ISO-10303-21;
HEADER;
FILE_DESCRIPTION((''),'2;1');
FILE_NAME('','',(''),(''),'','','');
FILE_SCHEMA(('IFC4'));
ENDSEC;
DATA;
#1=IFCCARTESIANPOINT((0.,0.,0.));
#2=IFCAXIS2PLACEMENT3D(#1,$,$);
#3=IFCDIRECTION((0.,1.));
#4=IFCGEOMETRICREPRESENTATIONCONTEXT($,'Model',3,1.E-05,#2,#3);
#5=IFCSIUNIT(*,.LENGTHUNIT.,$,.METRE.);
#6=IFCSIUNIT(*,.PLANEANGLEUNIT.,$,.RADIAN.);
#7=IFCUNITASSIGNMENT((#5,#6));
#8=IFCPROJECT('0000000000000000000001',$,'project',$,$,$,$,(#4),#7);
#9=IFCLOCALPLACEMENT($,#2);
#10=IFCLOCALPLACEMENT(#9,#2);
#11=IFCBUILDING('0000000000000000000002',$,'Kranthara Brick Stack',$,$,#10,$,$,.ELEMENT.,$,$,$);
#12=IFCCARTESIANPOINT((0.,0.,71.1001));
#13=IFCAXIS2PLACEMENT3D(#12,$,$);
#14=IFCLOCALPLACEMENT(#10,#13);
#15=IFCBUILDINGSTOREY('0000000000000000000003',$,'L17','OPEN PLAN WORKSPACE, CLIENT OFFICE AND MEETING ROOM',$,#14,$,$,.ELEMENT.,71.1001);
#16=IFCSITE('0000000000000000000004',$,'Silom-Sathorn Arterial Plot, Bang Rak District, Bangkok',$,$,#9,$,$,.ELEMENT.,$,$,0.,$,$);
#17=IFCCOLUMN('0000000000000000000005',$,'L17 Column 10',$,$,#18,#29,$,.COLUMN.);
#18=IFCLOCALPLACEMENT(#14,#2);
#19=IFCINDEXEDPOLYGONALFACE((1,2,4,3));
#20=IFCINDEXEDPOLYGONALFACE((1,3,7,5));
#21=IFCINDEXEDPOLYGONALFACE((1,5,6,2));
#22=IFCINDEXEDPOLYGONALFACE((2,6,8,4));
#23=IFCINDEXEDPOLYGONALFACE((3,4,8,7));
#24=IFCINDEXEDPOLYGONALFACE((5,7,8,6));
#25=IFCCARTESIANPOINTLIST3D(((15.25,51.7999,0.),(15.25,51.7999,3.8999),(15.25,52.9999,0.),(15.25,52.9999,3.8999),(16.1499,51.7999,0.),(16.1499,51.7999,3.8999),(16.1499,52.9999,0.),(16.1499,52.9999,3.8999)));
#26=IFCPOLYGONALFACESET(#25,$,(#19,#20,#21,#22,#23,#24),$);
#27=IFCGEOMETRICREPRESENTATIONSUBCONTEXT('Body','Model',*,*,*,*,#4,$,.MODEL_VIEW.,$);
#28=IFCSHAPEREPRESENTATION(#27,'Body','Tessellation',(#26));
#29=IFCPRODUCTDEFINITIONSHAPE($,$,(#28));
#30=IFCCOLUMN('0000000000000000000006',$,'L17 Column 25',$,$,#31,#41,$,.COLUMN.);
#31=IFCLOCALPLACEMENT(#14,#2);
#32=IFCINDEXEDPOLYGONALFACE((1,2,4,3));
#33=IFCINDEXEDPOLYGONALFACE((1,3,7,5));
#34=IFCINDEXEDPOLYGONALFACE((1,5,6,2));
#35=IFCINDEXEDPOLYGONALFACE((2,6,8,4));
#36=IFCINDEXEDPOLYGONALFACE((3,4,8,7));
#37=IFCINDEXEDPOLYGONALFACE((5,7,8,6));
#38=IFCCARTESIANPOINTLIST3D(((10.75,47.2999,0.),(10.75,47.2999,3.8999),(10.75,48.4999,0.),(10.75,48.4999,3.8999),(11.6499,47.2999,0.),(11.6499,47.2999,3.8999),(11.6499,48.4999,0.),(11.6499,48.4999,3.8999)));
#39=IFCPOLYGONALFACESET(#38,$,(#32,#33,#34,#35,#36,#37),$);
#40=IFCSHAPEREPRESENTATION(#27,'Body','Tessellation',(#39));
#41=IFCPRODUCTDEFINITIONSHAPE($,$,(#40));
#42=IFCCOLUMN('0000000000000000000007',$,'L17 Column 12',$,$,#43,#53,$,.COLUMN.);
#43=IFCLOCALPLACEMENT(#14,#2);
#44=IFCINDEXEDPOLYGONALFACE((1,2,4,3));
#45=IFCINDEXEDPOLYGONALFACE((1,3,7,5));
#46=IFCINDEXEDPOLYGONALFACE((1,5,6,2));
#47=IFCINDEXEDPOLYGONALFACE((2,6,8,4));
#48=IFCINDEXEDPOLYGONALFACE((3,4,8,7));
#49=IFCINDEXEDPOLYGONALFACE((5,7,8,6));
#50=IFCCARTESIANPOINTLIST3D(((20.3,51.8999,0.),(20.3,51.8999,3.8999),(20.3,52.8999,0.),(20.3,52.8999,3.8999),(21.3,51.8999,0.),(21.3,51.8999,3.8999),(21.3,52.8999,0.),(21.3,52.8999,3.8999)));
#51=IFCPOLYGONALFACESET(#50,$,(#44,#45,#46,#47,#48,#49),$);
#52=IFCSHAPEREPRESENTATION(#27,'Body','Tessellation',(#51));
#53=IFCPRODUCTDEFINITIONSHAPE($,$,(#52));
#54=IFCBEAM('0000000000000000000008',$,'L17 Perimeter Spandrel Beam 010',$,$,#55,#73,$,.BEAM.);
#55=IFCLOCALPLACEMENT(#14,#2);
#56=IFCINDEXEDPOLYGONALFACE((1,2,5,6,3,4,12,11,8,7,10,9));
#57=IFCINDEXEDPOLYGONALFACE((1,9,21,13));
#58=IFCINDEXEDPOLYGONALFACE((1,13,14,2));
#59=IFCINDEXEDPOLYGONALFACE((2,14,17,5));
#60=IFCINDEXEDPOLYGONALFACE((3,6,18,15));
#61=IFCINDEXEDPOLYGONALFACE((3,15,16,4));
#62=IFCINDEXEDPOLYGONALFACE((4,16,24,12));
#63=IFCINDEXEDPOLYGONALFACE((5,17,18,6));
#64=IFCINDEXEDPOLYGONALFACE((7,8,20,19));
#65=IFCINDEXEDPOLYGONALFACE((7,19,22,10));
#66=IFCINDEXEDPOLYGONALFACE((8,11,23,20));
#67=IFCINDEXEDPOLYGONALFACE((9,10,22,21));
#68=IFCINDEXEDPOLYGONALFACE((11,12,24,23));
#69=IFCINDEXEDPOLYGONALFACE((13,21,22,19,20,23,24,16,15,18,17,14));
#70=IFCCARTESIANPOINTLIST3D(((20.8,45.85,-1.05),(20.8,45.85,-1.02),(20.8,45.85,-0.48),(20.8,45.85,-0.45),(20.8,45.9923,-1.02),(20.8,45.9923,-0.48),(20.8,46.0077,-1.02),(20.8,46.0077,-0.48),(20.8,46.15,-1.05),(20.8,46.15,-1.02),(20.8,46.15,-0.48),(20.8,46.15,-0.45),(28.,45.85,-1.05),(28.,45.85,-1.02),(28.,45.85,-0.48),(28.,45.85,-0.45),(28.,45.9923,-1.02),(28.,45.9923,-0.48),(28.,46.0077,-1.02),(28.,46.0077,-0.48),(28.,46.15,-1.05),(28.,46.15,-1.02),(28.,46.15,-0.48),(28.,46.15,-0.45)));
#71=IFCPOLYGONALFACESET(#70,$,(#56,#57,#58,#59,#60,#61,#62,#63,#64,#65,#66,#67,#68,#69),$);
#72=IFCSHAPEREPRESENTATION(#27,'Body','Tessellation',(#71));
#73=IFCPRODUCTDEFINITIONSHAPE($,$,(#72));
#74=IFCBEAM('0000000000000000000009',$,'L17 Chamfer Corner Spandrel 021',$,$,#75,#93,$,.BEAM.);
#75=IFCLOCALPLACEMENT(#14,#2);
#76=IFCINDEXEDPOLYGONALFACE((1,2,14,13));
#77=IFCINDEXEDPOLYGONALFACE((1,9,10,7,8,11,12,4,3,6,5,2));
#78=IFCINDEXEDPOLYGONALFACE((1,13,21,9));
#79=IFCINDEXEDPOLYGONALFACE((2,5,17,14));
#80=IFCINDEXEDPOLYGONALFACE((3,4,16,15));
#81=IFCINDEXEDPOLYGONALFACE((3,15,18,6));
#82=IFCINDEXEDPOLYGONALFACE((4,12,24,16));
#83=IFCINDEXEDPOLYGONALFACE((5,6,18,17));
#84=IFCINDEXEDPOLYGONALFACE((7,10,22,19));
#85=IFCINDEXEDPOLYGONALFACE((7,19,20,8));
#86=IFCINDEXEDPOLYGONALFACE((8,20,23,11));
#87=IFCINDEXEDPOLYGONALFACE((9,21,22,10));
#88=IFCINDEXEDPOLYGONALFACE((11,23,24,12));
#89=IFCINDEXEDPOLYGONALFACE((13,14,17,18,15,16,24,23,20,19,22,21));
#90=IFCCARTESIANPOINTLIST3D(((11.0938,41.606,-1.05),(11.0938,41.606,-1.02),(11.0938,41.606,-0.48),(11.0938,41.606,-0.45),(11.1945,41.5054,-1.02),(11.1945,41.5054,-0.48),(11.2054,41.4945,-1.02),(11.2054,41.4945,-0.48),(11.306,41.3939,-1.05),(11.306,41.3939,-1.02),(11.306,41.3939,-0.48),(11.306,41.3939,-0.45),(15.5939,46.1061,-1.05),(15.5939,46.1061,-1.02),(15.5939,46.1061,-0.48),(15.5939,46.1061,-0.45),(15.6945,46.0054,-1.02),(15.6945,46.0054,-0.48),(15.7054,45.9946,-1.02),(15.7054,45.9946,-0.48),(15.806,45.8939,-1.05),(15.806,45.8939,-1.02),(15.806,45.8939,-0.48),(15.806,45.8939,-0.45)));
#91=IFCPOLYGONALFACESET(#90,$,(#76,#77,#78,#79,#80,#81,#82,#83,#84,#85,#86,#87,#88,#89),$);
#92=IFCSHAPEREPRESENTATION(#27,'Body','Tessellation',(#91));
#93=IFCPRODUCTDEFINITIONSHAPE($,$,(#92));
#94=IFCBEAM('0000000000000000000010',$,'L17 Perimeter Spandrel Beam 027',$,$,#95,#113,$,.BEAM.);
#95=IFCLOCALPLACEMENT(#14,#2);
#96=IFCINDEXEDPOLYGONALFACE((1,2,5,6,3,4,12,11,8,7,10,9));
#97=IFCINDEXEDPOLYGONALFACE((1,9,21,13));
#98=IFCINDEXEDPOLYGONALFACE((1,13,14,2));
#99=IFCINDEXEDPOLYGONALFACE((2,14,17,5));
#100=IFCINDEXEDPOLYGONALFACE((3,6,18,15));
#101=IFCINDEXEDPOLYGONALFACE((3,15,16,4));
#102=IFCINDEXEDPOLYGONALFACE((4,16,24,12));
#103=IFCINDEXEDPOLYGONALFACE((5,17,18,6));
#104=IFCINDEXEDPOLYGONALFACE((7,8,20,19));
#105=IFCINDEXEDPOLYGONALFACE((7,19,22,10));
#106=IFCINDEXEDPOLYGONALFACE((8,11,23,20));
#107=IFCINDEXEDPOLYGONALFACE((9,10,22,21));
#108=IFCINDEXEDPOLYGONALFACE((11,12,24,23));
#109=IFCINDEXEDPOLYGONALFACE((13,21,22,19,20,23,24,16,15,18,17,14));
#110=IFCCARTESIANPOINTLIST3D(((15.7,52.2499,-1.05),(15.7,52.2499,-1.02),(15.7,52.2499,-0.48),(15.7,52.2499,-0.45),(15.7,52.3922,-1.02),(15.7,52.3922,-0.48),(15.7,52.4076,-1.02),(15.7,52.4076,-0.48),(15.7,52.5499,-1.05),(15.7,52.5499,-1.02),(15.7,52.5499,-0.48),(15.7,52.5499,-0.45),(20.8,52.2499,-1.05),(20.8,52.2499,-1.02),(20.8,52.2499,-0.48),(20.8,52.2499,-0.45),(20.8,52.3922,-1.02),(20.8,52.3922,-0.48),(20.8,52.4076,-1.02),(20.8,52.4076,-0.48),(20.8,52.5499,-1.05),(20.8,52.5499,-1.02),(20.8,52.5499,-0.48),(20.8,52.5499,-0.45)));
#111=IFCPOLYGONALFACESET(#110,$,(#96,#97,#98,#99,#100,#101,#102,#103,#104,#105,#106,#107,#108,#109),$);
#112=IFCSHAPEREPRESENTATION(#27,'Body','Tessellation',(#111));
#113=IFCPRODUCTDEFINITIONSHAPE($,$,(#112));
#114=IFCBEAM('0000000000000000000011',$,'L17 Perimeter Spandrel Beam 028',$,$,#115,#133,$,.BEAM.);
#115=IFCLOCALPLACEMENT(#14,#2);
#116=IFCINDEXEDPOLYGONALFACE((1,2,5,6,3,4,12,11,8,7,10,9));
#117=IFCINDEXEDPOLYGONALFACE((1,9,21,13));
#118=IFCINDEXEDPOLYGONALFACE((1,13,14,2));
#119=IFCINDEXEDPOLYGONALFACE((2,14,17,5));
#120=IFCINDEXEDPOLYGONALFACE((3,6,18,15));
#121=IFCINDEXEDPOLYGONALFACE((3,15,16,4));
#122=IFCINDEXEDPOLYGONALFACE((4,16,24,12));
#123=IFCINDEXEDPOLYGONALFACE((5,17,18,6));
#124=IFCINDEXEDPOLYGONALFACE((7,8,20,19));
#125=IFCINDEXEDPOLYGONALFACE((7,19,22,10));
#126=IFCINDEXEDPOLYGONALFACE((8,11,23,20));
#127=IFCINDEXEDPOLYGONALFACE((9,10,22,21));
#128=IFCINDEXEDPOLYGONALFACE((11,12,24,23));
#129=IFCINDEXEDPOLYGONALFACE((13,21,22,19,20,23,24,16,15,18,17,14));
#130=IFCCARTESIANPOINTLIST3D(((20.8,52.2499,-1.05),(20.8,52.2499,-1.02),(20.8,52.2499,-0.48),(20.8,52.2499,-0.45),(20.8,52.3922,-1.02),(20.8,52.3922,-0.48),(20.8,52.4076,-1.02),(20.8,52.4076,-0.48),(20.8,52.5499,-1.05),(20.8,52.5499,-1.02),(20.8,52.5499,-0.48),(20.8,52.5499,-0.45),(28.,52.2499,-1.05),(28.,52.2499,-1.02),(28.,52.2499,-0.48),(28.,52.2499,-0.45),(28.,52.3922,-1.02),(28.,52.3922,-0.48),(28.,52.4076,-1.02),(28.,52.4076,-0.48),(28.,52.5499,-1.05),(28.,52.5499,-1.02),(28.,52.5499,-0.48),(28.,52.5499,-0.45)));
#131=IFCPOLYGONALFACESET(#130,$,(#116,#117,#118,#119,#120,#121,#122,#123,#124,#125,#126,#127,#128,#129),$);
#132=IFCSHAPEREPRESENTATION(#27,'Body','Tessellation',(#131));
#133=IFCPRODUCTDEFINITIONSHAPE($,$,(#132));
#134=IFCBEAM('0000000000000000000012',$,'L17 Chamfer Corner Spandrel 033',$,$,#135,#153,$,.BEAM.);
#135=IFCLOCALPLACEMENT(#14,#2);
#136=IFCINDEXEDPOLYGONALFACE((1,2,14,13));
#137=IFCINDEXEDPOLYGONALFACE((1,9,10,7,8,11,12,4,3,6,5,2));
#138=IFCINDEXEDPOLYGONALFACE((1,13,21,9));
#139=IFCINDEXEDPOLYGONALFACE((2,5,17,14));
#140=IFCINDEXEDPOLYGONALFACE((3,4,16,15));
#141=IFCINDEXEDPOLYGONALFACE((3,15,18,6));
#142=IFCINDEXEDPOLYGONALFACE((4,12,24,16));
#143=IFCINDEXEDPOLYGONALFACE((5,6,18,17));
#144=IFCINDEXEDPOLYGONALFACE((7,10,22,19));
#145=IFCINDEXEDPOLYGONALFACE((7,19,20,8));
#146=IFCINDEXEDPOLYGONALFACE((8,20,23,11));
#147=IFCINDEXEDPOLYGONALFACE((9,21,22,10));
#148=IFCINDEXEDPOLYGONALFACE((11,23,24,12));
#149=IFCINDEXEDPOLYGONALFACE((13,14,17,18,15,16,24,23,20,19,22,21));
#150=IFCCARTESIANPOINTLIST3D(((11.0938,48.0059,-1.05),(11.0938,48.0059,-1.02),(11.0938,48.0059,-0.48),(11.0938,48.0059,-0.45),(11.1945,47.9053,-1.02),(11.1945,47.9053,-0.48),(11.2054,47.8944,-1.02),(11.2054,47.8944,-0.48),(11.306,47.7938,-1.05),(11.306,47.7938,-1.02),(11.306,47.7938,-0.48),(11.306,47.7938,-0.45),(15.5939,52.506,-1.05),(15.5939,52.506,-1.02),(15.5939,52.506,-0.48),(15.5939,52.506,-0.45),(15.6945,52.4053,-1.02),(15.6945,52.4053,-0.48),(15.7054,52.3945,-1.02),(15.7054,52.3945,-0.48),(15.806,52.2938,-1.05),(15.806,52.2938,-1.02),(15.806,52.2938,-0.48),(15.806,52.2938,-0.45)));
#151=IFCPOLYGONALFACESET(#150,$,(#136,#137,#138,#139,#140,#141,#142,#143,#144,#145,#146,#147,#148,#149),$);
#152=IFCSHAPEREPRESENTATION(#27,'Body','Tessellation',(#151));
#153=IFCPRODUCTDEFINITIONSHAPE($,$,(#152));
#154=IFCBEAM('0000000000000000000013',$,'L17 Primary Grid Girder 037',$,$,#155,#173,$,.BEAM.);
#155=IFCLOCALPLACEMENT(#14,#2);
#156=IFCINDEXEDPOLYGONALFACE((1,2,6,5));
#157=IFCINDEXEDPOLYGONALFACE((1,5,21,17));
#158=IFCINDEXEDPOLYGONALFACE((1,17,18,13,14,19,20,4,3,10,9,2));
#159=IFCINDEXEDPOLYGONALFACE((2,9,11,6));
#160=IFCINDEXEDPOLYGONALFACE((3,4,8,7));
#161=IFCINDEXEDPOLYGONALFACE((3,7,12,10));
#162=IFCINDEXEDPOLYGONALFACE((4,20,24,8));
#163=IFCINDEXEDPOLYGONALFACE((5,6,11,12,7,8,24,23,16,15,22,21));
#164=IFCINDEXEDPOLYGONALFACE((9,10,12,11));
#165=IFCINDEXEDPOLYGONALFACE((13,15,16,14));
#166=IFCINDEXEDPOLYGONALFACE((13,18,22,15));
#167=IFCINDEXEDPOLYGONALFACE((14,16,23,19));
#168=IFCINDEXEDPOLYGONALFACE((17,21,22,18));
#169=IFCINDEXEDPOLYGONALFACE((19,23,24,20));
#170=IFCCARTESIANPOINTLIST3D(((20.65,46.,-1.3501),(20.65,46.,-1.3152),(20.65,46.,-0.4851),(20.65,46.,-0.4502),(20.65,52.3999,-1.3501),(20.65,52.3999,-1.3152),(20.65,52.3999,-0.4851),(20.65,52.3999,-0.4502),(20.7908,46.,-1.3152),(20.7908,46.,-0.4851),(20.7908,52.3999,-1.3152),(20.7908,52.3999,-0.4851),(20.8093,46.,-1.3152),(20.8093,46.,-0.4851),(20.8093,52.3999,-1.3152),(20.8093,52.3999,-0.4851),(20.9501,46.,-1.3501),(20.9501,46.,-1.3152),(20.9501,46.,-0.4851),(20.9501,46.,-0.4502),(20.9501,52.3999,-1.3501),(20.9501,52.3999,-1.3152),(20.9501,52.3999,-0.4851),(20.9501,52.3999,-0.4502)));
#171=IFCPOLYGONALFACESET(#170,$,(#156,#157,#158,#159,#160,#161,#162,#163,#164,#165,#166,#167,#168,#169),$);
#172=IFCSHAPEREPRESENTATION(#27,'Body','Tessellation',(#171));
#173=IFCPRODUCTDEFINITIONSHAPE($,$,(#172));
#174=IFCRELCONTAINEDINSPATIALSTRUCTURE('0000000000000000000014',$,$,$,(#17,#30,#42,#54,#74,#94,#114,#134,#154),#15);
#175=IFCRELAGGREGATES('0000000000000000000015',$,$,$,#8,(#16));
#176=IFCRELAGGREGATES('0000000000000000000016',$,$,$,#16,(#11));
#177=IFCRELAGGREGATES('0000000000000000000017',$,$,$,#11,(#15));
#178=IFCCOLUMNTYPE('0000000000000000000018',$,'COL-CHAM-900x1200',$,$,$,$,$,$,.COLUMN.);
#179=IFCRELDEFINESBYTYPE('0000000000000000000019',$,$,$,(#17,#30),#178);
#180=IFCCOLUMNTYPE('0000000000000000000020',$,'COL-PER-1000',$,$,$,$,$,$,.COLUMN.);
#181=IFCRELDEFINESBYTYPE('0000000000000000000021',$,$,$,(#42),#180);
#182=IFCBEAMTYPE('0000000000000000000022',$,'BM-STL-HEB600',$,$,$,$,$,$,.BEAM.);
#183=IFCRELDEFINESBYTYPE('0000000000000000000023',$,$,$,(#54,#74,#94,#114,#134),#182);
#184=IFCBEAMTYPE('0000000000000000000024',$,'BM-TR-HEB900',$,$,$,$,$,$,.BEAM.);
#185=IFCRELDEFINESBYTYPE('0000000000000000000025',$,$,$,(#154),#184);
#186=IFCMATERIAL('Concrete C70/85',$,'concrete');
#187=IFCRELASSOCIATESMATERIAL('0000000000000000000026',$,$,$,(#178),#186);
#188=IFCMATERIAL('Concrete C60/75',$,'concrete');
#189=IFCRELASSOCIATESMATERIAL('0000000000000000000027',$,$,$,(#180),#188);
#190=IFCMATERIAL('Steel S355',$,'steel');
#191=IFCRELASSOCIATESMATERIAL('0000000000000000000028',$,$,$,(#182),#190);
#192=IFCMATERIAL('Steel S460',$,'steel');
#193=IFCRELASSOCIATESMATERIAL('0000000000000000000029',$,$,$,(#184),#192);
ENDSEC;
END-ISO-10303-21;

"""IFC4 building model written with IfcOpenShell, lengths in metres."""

from ifc_helpers import new_model, si_unit, direction, frame, origin, origin_2d, place, context, subcontext, project, spatial, rectangle, i_section, extrude, material, material_profile, profile_set, type_object, element, save


model = new_model("IFC4")

# Units and contexts
model_context = context("Model", 3, precision=1e-05, world=origin(), true_north=direction((0.0, 1.0)))
body_context = subcontext(model_context, "Body", "Model", "MODEL_VIEW")
ifc_project = project(units=[si_unit("LENGTHUNIT", "METRE"), si_unit("PLANEANGLEUNIT", "RADIAN")], contexts=[model_context])

# Site, building, storey
site_placement = place(None, origin())
site = spatial("IfcSite", under=ifc_project, at=site_placement, Name="Silom-Sathorn Arterial Plot, Bang Rak District, Bangkok", CompositionType="ELEMENT", RefElevation=0.0)
building_placement = place(site_placement, origin())
building = spatial("IfcBuilding", under=site, at=building_placement, Name="Kranthara Brick Stack", CompositionType="ELEMENT")
storey_placement = place(building_placement, frame((0.0, 0.0, 71.1001)))
storey = spatial("IfcBuildingStorey", under=building, at=storey_placement, Name="L17", Description="OPEN PLAN WORKSPACE, CLIENT OFFICE AND MEETING ROOM", CompositionType="ELEMENT", Elevation=71.1001)

# Columns
ifc_material_1 = material(Name="Concrete C70/85", Category="concrete")
ifc_material_profile_1 = material_profile(ifc_material_1, rectangle(XDim=0.8999, YDim=1.2, at=origin_2d()), Name="RC 900x1200")
ifc_profile_set_1 = profile_set([ifc_material_profile_1], Name="Concrete C70/85")
column_type_1 = type_object("IfcColumnType", Name="COL-CHAM-900x1200", PredefinedType="COLUMN", material=ifc_profile_set_1)
for number, where, z_axis, x_axis, name in (
    (1, (15.7, 52.3999, 0.0), (0.0, 0.0, 1.0), (1.0, 0.0, 0.0), "L17 Column 10"),
    (2, (11.2, 47.8999, 0.0), (0.0, 0.0, 1.0), (1.0, 0.0, 0.0), "L17 Column 25"),
):
    element("IfcColumn", number, at=place(storey_placement, frame(where, z_axis=z_axis, x_axis=x_axis)), inside=storey, type_object=column_type_1, Name=name, PredefinedType="COLUMN", context=body_context, shape_type="SweptSolid", body=[
        extrude(rectangle(XDim=0.8999, YDim=1.2, at=origin_2d()), origin(), (0.0, 0.0, 1.0), 3.8999),
    ])
ifc_material_2 = material(Name="Concrete C60/75", Category="concrete")
ifc_material_profile_2 = material_profile(ifc_material_2, rectangle(XDim=1.0, YDim=1.0, at=origin_2d()), Name="RC 1000x1000")
ifc_profile_set_2 = profile_set([ifc_material_profile_2], Name="Concrete C60/75")
column_type_2 = type_object("IfcColumnType", Name="COL-PER-1000", PredefinedType="COLUMN", material=ifc_profile_set_2)
column_placement = place(storey_placement, frame((20.8, 52.3999, 0.0), z_axis=(0.0, 0.0, 1.0), x_axis=(1.0, 0.0, 0.0)))
element("IfcColumn", 3, at=column_placement, inside=storey, type_object=column_type_2, Name="L17 Column 12", PredefinedType="COLUMN", context=body_context, shape_type="SweptSolid", body=[
    extrude(rectangle(XDim=1.0, YDim=1.0, at=origin_2d()), origin(), (0.0, 0.0, 1.0), 3.8999),
])

# Beams
ifc_material_3 = material(Name="Steel S355", Category="steel")
ifc_material_profile_3 = material_profile(ifc_material_3, i_section(OverallWidth=0.3, OverallDepth=0.6001, WebThickness=0.0154, FlangeThickness=0.03, at=origin_2d()), Name="HEB 600")
ifc_profile_set_3 = profile_set([ifc_material_profile_3], Name="Steel S355")
beam_type_1 = type_object("IfcBeamType", Name="BM-STL-HEB600", PredefinedType="BEAM", material=ifc_profile_set_3)
beam_1_placement = place(storey_placement, frame((20.8, 46.0, -0.75), z_axis=(1.0, 0.0, 0.0), x_axis=(0.0, 1.0, 0.0)))
element("IfcBeam", 4, at=beam_1_placement, inside=storey, type_object=beam_type_1, Name="L17 Perimeter Spandrel Beam 010", PredefinedType="BEAM", context=body_context, shape_type="SweptSolid", body=[
    extrude(i_section(OverallWidth=0.3, OverallDepth=0.6001, WebThickness=0.0154, FlangeThickness=0.03, at=origin_2d()), origin(), (0.0, 0.0, 1.0), 7.2),
])
beam_2_placement = place(storey_placement, frame((15.7, 46.0, -0.75), z_axis=(-0.707107, -0.707107, 0.0), x_axis=(0.707107, -0.707107, 0.0)))
element("IfcBeam", 5, at=beam_2_placement, inside=storey, type_object=beam_type_1, Name="L17 Chamfer Corner Spandrel 021", PredefinedType="BEAM", context=body_context, shape_type="SweptSolid", body=[
    extrude(i_section(OverallWidth=0.3, OverallDepth=0.6001, WebThickness=0.0154, FlangeThickness=0.03, at=origin_2d()), origin(), (0.0, 0.0, 1.0), 6.364),
])
beam_3_placement = place(storey_placement, frame((15.7, 52.3999, -0.75), z_axis=(1.0, 0.0, 0.0), x_axis=(0.0, 1.0, 0.0)))
element("IfcBeam", 6, at=beam_3_placement, inside=storey, type_object=beam_type_1, Name="L17 Perimeter Spandrel Beam 027", PredefinedType="BEAM", context=body_context, shape_type="SweptSolid", body=[
    extrude(i_section(OverallWidth=0.3, OverallDepth=0.6001, WebThickness=0.0154, FlangeThickness=0.03, at=origin_2d()), origin(), (0.0, 0.0, 1.0), 5.1001),
])
beam_4_placement = place(storey_placement, frame((20.8, 52.3999, -0.75), z_axis=(1.0, 0.0, 0.0), x_axis=(0.0, 1.0, 0.0)))
element("IfcBeam", 7, at=beam_4_placement, inside=storey, type_object=beam_type_1, Name="L17 Perimeter Spandrel Beam 028", PredefinedType="BEAM", context=body_context, shape_type="SweptSolid", body=[
    extrude(i_section(OverallWidth=0.3, OverallDepth=0.6001, WebThickness=0.0154, FlangeThickness=0.03, at=origin_2d()), origin(), (0.0, 0.0, 1.0), 7.2),
])
beam_5_placement = place(storey_placement, frame((15.7, 52.3999, -0.75), z_axis=(-0.707107, -0.707107, 0.0), x_axis=(0.707107, -0.707107, 0.0)))
element("IfcBeam", 8, at=beam_5_placement, inside=storey, type_object=beam_type_1, Name="L17 Chamfer Corner Spandrel 033", PredefinedType="BEAM", context=body_context, shape_type="SweptSolid", body=[
    extrude(i_section(OverallWidth=0.3, OverallDepth=0.6001, WebThickness=0.0154, FlangeThickness=0.03, at=origin_2d()), origin(), (0.0, 0.0, 1.0), 6.364),
])
ifc_material_4 = material(Name="Steel S460", Category="steel")
ifc_material_profile_4 = material_profile(ifc_material_4, i_section(OverallWidth=0.3, OverallDepth=0.8999, WebThickness=0.0186, FlangeThickness=0.0349, at=origin_2d()), Name="HEB 900")
ifc_profile_set_4 = profile_set([ifc_material_profile_4], Name="Steel S460")
beam_type_2 = type_object("IfcBeamType", Name="BM-TR-HEB900", PredefinedType="BEAM", material=ifc_profile_set_4)
beam_6_placement = place(storey_placement, frame((20.8, 46.0, -0.9001), z_axis=(0.0, 1.0, 0.0), x_axis=(-1.0, 0.0, 0.0)))
element("IfcBeam", 9, at=beam_6_placement, inside=storey, type_object=beam_type_2, Name="L17 Primary Grid Girder 037", PredefinedType="BEAM", context=body_context, shape_type="SweptSolid", body=[
    extrude(i_section(OverallWidth=0.3, OverallDepth=0.8999, WebThickness=0.0186, FlangeThickness=0.0349, at=origin_2d()), origin(), (0.0, 0.0, 1.0), 6.3999),
])

save(model, "model.ifc")
